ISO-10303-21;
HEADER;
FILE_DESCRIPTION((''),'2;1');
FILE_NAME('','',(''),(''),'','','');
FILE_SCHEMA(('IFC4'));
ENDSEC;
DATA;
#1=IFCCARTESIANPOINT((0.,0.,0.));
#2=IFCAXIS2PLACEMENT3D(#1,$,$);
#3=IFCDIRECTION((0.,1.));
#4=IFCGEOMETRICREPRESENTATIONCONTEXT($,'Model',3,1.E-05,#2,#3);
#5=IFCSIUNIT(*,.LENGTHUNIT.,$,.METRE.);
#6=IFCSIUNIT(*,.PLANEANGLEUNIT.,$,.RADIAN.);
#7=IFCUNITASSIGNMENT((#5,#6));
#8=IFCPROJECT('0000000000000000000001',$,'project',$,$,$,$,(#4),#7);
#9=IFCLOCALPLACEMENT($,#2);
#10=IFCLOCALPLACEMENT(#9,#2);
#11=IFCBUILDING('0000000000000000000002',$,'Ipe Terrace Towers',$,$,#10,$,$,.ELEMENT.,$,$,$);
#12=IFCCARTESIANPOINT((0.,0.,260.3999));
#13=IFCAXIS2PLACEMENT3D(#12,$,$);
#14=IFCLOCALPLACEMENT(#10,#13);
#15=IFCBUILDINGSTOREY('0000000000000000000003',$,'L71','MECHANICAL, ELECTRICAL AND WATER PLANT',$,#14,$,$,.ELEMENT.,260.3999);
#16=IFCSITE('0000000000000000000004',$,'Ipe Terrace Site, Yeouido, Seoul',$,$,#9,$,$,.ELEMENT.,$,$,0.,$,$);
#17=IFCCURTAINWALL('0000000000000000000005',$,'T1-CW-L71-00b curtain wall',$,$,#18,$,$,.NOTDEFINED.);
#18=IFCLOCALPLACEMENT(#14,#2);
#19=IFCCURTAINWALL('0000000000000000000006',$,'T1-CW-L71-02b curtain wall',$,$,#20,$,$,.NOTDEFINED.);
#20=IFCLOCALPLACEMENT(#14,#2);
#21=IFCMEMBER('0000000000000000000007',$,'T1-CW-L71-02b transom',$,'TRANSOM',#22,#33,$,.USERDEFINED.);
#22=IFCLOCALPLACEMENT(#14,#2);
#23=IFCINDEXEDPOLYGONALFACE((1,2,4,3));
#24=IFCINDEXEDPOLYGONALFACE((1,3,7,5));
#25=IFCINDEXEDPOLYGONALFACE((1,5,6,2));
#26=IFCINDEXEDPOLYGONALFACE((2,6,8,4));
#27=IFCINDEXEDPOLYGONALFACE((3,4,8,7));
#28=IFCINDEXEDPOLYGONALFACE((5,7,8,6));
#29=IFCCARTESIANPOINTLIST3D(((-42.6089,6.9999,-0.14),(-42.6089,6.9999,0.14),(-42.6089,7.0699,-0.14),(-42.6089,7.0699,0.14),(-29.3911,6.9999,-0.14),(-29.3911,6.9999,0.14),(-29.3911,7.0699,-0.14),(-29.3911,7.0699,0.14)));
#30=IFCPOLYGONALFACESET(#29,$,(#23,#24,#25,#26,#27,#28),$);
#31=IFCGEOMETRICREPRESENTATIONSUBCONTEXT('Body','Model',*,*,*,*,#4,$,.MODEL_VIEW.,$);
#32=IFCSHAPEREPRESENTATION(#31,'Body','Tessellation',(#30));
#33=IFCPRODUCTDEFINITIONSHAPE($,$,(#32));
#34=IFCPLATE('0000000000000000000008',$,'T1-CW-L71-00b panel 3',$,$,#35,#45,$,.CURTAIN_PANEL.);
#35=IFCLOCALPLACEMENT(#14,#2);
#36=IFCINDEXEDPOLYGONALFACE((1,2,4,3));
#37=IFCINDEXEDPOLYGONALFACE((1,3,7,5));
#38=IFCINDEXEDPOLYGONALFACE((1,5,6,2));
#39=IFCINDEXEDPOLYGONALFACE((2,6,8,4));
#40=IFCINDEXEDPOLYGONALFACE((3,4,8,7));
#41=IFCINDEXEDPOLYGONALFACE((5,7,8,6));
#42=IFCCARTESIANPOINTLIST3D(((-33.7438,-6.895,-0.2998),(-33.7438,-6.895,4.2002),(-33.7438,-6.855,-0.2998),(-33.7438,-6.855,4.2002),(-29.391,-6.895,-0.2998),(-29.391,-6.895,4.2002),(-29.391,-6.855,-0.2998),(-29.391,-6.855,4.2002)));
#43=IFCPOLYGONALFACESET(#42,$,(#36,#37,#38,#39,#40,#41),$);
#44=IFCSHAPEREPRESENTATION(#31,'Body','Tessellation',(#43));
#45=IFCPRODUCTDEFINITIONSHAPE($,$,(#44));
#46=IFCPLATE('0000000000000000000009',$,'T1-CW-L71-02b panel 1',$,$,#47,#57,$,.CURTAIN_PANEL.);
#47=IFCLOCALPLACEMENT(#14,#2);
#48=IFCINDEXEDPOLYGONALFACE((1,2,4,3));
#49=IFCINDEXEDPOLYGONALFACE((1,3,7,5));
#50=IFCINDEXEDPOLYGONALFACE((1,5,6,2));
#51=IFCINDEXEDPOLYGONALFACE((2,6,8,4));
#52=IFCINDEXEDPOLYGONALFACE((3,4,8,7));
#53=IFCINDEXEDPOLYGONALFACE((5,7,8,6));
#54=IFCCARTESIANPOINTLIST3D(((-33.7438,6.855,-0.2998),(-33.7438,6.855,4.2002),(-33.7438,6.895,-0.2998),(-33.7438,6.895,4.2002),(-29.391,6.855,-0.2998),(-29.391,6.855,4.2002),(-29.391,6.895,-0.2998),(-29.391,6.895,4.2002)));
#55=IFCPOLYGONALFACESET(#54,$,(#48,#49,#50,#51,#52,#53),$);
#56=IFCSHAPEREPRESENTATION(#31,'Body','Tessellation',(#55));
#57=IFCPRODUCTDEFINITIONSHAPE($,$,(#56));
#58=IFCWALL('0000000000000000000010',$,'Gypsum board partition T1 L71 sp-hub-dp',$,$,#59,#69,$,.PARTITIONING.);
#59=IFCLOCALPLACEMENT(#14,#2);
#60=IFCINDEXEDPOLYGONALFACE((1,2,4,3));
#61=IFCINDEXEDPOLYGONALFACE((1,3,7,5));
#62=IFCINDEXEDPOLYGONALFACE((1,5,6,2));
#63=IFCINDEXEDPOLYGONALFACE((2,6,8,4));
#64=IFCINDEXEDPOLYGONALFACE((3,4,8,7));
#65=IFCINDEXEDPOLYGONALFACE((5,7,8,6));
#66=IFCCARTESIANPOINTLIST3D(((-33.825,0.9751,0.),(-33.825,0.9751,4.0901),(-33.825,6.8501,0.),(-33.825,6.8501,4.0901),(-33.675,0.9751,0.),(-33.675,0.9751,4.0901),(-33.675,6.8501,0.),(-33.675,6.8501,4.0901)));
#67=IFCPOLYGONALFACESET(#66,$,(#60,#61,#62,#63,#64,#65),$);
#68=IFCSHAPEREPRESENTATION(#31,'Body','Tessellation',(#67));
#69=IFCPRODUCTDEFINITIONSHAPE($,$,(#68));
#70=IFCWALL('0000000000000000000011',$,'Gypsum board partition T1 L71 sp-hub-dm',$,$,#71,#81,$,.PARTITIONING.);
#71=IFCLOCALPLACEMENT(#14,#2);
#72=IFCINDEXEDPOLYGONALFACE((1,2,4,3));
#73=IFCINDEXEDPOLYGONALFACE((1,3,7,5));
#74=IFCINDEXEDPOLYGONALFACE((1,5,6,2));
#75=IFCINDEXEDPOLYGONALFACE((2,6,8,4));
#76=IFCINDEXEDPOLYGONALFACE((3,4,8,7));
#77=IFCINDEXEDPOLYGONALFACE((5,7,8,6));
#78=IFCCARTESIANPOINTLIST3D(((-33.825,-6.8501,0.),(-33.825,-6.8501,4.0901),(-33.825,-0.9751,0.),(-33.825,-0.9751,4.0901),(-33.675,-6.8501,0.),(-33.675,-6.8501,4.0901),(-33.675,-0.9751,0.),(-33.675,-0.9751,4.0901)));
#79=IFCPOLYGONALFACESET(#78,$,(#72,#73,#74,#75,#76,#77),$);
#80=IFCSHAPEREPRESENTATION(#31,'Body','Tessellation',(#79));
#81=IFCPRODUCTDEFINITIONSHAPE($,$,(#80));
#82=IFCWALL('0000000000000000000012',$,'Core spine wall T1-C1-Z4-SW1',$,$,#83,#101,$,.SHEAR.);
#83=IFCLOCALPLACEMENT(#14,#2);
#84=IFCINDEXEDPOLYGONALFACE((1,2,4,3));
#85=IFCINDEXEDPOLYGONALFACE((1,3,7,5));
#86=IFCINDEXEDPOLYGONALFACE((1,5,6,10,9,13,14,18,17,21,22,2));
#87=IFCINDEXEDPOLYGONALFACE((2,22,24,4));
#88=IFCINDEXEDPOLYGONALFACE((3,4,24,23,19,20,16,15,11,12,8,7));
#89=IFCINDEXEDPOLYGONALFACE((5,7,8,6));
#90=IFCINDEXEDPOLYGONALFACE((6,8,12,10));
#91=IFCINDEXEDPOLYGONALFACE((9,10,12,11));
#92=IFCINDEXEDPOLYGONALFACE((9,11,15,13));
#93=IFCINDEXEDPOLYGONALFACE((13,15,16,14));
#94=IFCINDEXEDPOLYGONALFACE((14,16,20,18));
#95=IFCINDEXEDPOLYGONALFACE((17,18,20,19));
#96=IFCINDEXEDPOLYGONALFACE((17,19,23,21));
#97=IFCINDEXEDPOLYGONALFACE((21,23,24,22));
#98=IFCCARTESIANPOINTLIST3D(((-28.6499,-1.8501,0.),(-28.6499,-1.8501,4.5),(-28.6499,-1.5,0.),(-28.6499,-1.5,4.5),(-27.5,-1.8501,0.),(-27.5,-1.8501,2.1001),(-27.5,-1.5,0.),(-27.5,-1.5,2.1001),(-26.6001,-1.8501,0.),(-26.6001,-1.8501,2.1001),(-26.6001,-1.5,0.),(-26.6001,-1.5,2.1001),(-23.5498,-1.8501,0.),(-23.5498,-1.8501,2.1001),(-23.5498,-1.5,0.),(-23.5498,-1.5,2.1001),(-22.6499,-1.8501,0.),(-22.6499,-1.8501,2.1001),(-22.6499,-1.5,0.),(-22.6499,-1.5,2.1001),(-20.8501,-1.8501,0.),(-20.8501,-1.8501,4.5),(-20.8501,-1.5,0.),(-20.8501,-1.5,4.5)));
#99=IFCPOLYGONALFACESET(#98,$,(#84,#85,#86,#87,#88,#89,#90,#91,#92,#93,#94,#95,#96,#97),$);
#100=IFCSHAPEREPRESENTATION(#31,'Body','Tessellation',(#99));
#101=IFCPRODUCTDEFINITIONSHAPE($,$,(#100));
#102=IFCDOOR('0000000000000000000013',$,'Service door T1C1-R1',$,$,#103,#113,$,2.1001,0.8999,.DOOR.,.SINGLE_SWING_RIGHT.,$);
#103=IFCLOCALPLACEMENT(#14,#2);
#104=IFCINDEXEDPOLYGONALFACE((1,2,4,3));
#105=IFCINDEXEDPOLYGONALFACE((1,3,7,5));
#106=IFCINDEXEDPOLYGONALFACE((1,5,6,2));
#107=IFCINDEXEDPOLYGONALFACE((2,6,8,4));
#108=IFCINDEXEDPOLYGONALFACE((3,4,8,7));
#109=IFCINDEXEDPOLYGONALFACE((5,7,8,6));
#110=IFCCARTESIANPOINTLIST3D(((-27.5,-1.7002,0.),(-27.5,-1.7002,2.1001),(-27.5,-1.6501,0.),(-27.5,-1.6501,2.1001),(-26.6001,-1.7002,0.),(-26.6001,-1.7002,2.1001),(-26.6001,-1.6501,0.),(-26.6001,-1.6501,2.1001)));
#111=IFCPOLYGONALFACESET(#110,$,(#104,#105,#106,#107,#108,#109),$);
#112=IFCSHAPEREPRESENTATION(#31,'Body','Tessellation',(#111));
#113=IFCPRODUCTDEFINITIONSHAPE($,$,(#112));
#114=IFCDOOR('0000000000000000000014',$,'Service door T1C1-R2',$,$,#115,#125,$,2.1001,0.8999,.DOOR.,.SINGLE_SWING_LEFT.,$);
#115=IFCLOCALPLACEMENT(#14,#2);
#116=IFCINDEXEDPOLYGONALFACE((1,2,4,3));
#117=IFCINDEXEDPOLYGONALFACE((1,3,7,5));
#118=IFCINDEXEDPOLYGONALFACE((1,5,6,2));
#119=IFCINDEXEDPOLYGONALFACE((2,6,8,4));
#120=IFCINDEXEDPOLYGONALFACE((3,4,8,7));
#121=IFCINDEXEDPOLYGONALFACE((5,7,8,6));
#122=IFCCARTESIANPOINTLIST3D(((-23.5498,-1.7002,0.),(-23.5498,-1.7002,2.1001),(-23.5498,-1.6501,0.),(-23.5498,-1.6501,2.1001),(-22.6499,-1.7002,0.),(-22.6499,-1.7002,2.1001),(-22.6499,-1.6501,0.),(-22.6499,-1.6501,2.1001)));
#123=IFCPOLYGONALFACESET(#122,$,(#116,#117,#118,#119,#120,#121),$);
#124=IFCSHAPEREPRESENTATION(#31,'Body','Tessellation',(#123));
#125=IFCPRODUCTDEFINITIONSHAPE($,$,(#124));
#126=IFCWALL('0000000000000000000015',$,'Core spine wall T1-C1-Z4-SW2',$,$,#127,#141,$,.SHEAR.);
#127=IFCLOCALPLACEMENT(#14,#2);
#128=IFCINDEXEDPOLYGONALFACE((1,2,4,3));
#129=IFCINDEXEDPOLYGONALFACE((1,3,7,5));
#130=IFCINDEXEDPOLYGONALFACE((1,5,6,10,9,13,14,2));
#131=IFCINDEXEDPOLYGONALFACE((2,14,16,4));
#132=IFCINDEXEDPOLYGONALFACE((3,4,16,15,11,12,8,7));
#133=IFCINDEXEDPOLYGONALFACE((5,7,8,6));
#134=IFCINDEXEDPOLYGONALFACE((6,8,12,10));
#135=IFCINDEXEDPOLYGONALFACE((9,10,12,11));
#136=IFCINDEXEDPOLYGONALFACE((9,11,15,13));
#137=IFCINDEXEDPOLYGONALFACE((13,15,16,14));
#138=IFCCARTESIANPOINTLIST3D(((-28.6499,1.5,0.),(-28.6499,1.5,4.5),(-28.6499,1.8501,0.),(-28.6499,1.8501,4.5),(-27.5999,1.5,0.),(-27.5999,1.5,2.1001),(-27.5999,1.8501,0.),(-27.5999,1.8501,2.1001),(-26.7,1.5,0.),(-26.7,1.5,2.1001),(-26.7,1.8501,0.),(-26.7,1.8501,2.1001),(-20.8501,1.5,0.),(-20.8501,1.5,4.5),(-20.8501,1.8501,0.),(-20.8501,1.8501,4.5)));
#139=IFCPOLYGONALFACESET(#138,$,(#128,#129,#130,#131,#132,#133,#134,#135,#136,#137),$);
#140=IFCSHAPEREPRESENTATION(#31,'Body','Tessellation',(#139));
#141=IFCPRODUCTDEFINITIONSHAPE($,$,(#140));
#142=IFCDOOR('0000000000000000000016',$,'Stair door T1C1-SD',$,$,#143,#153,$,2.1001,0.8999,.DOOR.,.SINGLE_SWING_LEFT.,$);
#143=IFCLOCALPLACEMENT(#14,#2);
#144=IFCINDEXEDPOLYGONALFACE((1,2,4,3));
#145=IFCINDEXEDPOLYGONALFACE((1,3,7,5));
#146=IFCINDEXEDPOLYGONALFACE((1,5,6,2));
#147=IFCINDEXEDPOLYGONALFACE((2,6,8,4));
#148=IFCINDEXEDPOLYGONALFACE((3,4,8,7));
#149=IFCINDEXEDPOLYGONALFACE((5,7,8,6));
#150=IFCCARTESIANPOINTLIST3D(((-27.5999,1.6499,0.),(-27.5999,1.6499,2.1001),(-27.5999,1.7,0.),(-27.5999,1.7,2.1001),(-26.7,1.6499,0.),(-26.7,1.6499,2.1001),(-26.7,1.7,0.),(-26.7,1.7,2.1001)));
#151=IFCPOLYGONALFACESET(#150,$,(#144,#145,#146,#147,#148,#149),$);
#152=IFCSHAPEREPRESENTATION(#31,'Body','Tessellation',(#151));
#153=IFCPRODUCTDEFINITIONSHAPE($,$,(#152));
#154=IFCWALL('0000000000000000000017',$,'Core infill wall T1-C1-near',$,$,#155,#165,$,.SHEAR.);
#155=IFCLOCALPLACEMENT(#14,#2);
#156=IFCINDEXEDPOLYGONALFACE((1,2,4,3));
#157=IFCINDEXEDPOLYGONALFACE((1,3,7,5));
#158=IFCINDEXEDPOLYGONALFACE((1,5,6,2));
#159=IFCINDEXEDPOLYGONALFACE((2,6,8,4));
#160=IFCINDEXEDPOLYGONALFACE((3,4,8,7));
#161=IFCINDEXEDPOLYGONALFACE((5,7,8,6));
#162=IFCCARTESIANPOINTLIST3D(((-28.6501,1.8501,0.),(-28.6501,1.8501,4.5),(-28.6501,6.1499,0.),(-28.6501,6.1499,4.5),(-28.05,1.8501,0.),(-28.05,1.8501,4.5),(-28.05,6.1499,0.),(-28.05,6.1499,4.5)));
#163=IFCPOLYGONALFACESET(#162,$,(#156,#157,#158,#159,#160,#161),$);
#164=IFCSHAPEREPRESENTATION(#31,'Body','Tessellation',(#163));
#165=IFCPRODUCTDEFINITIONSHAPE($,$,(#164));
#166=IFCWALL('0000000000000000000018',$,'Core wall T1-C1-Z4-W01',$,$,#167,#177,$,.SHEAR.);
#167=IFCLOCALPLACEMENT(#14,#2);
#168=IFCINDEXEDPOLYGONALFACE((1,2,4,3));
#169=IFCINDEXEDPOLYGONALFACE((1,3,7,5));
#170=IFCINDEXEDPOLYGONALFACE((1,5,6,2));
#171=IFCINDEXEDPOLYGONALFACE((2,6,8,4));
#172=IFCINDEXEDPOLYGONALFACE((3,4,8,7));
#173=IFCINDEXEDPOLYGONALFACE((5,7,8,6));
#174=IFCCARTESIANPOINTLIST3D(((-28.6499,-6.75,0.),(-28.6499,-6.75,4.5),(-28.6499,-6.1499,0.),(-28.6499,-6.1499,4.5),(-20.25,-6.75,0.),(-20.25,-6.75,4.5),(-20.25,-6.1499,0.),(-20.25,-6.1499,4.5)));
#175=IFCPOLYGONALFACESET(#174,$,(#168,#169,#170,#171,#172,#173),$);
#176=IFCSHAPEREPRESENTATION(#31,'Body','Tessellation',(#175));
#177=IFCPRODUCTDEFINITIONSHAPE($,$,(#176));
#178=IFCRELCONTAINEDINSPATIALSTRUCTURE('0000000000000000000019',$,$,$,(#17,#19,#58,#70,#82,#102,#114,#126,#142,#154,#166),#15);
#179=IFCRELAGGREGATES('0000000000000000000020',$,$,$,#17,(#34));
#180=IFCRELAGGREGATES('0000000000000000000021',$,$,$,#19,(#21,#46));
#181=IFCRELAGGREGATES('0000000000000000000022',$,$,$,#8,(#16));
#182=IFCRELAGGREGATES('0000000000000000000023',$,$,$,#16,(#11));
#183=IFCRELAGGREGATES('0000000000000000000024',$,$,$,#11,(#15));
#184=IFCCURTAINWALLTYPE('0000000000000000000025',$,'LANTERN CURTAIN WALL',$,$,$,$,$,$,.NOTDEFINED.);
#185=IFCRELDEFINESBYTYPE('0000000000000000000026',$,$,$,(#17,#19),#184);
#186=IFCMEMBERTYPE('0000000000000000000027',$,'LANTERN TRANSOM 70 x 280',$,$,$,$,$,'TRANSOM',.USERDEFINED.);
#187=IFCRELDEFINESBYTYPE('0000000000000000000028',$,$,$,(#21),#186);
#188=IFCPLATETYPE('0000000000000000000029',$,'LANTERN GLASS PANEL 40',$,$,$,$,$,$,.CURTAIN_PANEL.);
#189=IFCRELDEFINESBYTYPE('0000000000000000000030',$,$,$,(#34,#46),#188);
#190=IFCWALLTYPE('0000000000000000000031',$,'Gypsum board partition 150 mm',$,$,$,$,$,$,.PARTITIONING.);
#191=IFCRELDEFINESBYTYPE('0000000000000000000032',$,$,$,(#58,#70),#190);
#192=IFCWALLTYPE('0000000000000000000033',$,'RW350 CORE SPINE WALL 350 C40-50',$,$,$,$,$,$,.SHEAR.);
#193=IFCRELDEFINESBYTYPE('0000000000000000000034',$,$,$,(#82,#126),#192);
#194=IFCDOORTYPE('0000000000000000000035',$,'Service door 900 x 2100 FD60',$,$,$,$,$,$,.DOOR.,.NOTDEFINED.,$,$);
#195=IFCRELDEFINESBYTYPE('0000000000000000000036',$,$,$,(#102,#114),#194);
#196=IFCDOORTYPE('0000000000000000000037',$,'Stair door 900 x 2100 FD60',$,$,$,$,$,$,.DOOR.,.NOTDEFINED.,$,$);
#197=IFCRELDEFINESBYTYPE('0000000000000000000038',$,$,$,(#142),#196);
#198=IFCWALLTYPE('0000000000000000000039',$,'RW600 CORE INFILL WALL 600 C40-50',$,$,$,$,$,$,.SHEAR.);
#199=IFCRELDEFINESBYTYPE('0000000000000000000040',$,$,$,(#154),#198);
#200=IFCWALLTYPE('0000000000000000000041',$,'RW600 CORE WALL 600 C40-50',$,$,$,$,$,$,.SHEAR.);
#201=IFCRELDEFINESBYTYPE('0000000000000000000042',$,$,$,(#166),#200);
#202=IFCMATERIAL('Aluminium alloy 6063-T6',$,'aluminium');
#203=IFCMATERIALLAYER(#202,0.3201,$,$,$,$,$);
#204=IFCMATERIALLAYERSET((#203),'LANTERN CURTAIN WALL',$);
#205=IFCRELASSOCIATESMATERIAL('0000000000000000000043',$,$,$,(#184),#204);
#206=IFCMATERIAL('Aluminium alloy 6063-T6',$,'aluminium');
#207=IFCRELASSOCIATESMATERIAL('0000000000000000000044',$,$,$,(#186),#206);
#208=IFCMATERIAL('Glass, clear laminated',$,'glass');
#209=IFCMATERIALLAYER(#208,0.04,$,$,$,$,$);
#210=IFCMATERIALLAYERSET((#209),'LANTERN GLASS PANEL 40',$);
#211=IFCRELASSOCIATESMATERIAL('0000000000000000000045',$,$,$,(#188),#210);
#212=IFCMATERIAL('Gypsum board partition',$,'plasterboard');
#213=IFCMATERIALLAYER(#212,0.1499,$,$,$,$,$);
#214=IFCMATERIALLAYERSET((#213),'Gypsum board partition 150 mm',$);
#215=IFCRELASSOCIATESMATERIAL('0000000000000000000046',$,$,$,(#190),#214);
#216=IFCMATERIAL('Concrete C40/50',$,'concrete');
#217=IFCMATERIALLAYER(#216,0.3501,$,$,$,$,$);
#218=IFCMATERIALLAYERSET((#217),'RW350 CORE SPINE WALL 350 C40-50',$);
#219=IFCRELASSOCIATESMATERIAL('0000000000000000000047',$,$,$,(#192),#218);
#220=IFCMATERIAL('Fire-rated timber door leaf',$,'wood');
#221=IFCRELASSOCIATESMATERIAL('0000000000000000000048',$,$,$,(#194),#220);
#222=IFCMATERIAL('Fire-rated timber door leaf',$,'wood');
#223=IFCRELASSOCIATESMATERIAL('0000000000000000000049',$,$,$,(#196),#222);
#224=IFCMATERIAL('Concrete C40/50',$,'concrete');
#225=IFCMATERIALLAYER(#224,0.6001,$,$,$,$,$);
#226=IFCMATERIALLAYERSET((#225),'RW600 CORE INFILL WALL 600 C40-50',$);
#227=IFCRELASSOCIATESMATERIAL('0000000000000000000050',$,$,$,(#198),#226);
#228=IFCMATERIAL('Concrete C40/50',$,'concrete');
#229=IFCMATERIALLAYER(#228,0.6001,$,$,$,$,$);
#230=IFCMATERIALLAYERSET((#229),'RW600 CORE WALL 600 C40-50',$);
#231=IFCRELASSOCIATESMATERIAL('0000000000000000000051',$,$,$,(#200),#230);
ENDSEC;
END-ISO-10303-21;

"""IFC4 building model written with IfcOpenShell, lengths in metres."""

from ifc_helpers import new_model, si_unit, direction, frame, frame_2d, origin, origin_2d, place, context, subcontext, project, spatial, rectangle, extrude, material, layer, layer_set, material_profile, profile_set, type_object, element, fill, aggregate, save


model = new_model("IFC4")

# Units and contexts
model_context = context("Model", 3, precision=1e-05, world=origin(), true_north=direction((0.0, 1.0)))
body_context = subcontext(model_context, "Body", "Model", "MODEL_VIEW")
ifc_project = project(units=[si_unit("LENGTHUNIT", "METRE"), si_unit("PLANEANGLEUNIT", "RADIAN")], contexts=[model_context])

# Site, building, storey
site_placement = place(None, origin())
site = spatial("IfcSite", under=ifc_project, at=site_placement, Name="Ipe Terrace Site, Yeouido, Seoul", CompositionType="ELEMENT", RefElevation=0.0)
building_placement = place(site_placement, origin())
building = spatial("IfcBuilding", under=site, at=building_placement, Name="Ipe Terrace Towers", CompositionType="ELEMENT")
storey_placement = place(building_placement, frame((0.0, 0.0, 260.3999)))
storey = spatial("IfcBuildingStorey", under=building, at=storey_placement, Name="L71", Description="MECHANICAL, ELECTRICAL AND WATER PLANT", CompositionType="ELEMENT", Elevation=260.3999)

# Curtain wall
ifc_material_1 = material(Name="Aluminium alloy 6063-T6", Category="aluminium")
ifc_layer_1 = layer(ifc_material_1, 0.3201)
ifc_layer_set_1 = layer_set([ifc_layer_1], Name="LANTERN CURTAIN WALL")
curtain_wall_type = type_object("IfcCurtainWallType", Name="LANTERN CURTAIN WALL", PredefinedType="NOTDEFINED", material=ifc_layer_set_1)
curtain_wall_1_placement = place(storey_placement, origin())
curtain_wall_1 = element("IfcCurtainWall", 1, at=curtain_wall_1_placement, inside=storey, type_object=curtain_wall_type, Name="T1-CW-L71-00b curtain wall", PredefinedType="NOTDEFINED")

# Curtain wall, member
curtain_wall_2_placement = place(storey_placement, origin())
curtain_wall_2 = element("IfcCurtainWall", 2, at=curtain_wall_2_placement, inside=storey, type_object=curtain_wall_type, Name="T1-CW-L71-02b curtain wall", PredefinedType="NOTDEFINED")
ifc_material_2 = material(Name="Aluminium alloy 6063-T6", Category="aluminium")
ifc_material_profile_1 = material_profile(ifc_material_2, rectangle(XDim=0.0701, YDim=0.28, at=origin_2d()), Name="LANTERN TRANSOM 70 x 280")
ifc_profile_set_1 = profile_set([ifc_material_profile_1], Name="Aluminium alloy 6063-T6")
member_type_1 = type_object("IfcMemberType", Name="LANTERN TRANSOM 70 x 280", ElementType="TRANSOM", PredefinedType="USERDEFINED", material=ifc_profile_set_1)
member_1_placement = place(storey_placement, frame((-29.3911, 7.0349, 0.0), z_axis=(-1.0, 0.0, 0.0), x_axis=(0.0, 1.0, 0.0)))
member_1 = element("IfcMember", 3, at=member_1_placement, type_object=member_type_1, Name="T1-CW-L71-02b transom", ObjectType="TRANSOM", PredefinedType="USERDEFINED", context=body_context, shape_type="SweptSolid", body=[
    extrude(rectangle(XDim=0.0701, YDim=0.28, at=origin_2d()), origin(), (0.0, 0.0, 1.0), 13.2178),
])

# Plates
ifc_material_3 = material(Name="Glass, clear laminated", Category="glass")
ifc_layer_2 = layer(ifc_material_3, 0.04)
ifc_layer_set_2 = layer_set([ifc_layer_2], Name="LANTERN GLASS PANEL 40")
plate_type = type_object("IfcPlateType", Name="LANTERN GLASS PANEL 40", PredefinedType="CURTAIN_PANEL", material=ifc_layer_set_2)
plate_1_placement = place(storey_placement, frame((-31.5674, -6.875, -0.2998), z_axis=(0.0, 0.0, 1.0), x_axis=(1.0, 0.0, 0.0)))
plate_1 = element("IfcPlate", 4, at=plate_1_placement, type_object=plate_type, Name="T1-CW-L71-00b panel 3", PredefinedType="CURTAIN_PANEL", context=body_context, shape_type="SweptSolid", body=[
    extrude(rectangle(XDim=4.3528, YDim=0.04, at=origin_2d()), origin(), (0.0, 0.0, 1.0), 4.5),
])
aggregate(curtain_wall_1, [plate_1])
plate_2_placement = place(storey_placement, frame((-31.5674, 6.875, -0.2998), z_axis=(0.0, 0.0, 1.0), x_axis=(-1.0, 0.0, 0.0)))
plate_2 = element("IfcPlate", 5, at=plate_2_placement, type_object=plate_type, Name="T1-CW-L71-02b panel 1", PredefinedType="CURTAIN_PANEL", context=body_context, shape_type="SweptSolid", body=[
    extrude(rectangle(XDim=4.3528, YDim=0.04, at=origin_2d()), origin(), (0.0, 0.0, 1.0), 4.5),
])
aggregate(curtain_wall_2, [member_1, plate_2])

# Walls
ifc_material_4 = material(Name="Gypsum board partition", Category="plasterboard")
ifc_layer_3 = layer(ifc_material_4, 0.1499)
ifc_layer_set_3 = layer_set([ifc_layer_3], Name="Gypsum board partition 150 mm")
wall_type_1 = type_object("IfcWallType", Name="Gypsum board partition 150 mm", PredefinedType="PARTITIONING", material=ifc_layer_set_3)
for number, where, z_axis, x_axis, name in (
    (6, (-33.75, 0.9751, 0.0), (0.0, 0.0, 1.0), (0.0, 1.0, 0.0), "Gypsum board partition T1 L71 sp-hub-dp"),
    (7, (-33.75, -0.9751, 0.0), (0.0, 0.0, 1.0), (0.0, -1.0, 0.0), "Gypsum board partition T1 L71 sp-hub-dm"),
):
    element("IfcWall", number, at=place(storey_placement, frame(where, z_axis=z_axis, x_axis=x_axis)), inside=storey, type_object=wall_type_1, Name=name, PredefinedType="PARTITIONING", context=body_context, shape_type="SweptSolid", body=[
        extrude(rectangle(XDim=5.875, YDim=0.1499, at=frame_2d((2.9375, 0.0))), origin(), (0.0, 0.0, 1.0), 4.0901),
    ])

# Wall, openings, doors
ifc_material_5 = material(Name="Concrete C40/50", Category="concrete")
ifc_layer_4 = layer(ifc_material_5, 0.3501)
ifc_layer_set_4 = layer_set([ifc_layer_4], Name="RW350 CORE SPINE WALL 350 C40-50")
wall_type_2 = type_object("IfcWallType", Name="RW350 CORE SPINE WALL 350 C40-50", PredefinedType="SHEAR", material=ifc_layer_set_4)
wall_1_placement = place(storey_placement, frame((-28.6499, -1.675, 0.0), z_axis=(0.0, 0.0, 1.0), x_axis=(1.0, 0.0, 0.0)))
wall_1 = element("IfcWall", 8, at=wall_1_placement, inside=storey, type_object=wall_type_2, Name="Core spine wall T1-C1-Z4-SW1", PredefinedType="SHEAR", context=body_context, shape_type="SweptSolid", body=[
    extrude(rectangle(XDim=7.7998, YDim=0.3501, at=frame_2d((3.8999, 0.0))), origin(), (0.0, 0.0, 1.0), 4.5),
])
opening_1_placement = place(wall_1_placement, frame((1.1499, 0.0, 0.0)))
opening_1 = element("IfcOpeningElement", 9, at=opening_1_placement, cuts=wall_1, PredefinedType="OPENING", context=body_context, shape_type="SweptSolid", body=[
    extrude(rectangle(XDim=0.8999, YDim=2.1001, at=frame_2d((0.45, 1.05))), frame((0.0, 0.1851, 0.0), z_axis=(0.0, -1.0, 0.0), x_axis=(1.0, 0.0, 0.0)), (0.0, 0.0, 1.0), 0.3701),
])
opening_2_placement = place(wall_1_placement, frame((5.1001, 0.0, 0.0)))
opening_2 = element("IfcOpeningElement", 10, at=opening_2_placement, cuts=wall_1, PredefinedType="OPENING", context=body_context, shape_type="SweptSolid", body=[
    extrude(rectangle(XDim=0.8999, YDim=2.1001, at=frame_2d((0.45, 1.05))), frame((0.0, 0.1851, 0.0), z_axis=(0.0, -1.0, 0.0), x_axis=(1.0, 0.0, 0.0)), (0.0, 0.0, 1.0), 0.3701),
])
ifc_material_6 = material(Name="Fire-rated timber door leaf", Category="wood")
door_type_1 = type_object("IfcDoorType", Name="Service door 900 x 2100 FD60", OperationType="NOTDEFINED", PredefinedType="DOOR", material=ifc_material_6)
door_1_placement = place(opening_1_placement, origin())
door_1 = element("IfcDoor", 11, at=door_1_placement, inside=storey, type_object=door_type_1, Name="Service door T1C1-R1", OperationType="SINGLE_SWING_RIGHT", OverallHeight=2.1001, OverallWidth=0.8999, PredefinedType="DOOR", context=body_context, shape_type="SweptSolid", body=[
    extrude(rectangle(XDim=0.8999, YDim=2.1001, at=frame_2d((0.45, 1.05))), frame((0.0, 0.0249, 0.0), z_axis=(0.0, -1.0, 0.0), x_axis=(1.0, 0.0, 0.0)), (0.0, 0.0, 1.0), 0.05),
])
fill(opening_1, door_1)
door_2_placement = place(opening_2_placement, origin())
door_2 = element("IfcDoor", 12, at=door_2_placement, inside=storey, type_object=door_type_1, Name="Service door T1C1-R2", OperationType="SINGLE_SWING_LEFT", OverallHeight=2.1001, OverallWidth=0.8999, PredefinedType="DOOR", context=body_context, shape_type="SweptSolid", body=[
    extrude(rectangle(XDim=0.8999, YDim=2.1001, at=frame_2d((0.45, 1.05))), frame((0.0, 0.0249, 0.0), z_axis=(0.0, -1.0, 0.0), x_axis=(1.0, 0.0, 0.0)), (0.0, 0.0, 1.0), 0.05),
])
fill(opening_2, door_2)

# Wall, opening, door
wall_2_placement = place(storey_placement, frame((-28.6499, 1.675, 0.0), z_axis=(0.0, 0.0, 1.0), x_axis=(1.0, 0.0, 0.0)))
wall_2 = element("IfcWall", 13, at=wall_2_placement, inside=storey, type_object=wall_type_2, Name="Core spine wall T1-C1-Z4-SW2", PredefinedType="SHEAR", context=body_context, shape_type="SweptSolid", body=[
    extrude(rectangle(XDim=7.7998, YDim=0.3501, at=frame_2d((3.8999, 0.0))), origin(), (0.0, 0.0, 1.0), 4.5),
])
opening_3_placement = place(wall_2_placement, frame((1.05, 0.0, 0.0)))
opening_3 = element("IfcOpeningElement", 14, at=opening_3_placement, cuts=wall_2, PredefinedType="OPENING", context=body_context, shape_type="SweptSolid", body=[
    extrude(rectangle(XDim=0.8999, YDim=2.1001, at=frame_2d((0.45, 1.05))), frame((0.0, 0.1851, 0.0), z_axis=(0.0, -1.0, 0.0), x_axis=(1.0, 0.0, 0.0)), (0.0, 0.0, 1.0), 0.3701),
])
ifc_material_7 = material(Name="Fire-rated timber door leaf", Category="wood")
door_type_2 = type_object("IfcDoorType", Name="Stair door 900 x 2100 FD60", OperationType="NOTDEFINED", PredefinedType="DOOR", material=ifc_material_7)
door_3_placement = place(opening_3_placement, origin())
door_3 = element("IfcDoor", 15, at=door_3_placement, inside=storey, type_object=door_type_2, Name="Stair door T1C1-SD", OperationType="SINGLE_SWING_LEFT", OverallHeight=2.1001, OverallWidth=0.8999, PredefinedType="DOOR", context=body_context, shape_type="SweptSolid", body=[
    extrude(rectangle(XDim=0.8999, YDim=2.1001, at=frame_2d((0.45, 1.05))), frame((0.0, 0.0249, 0.0), z_axis=(0.0, -1.0, 0.0), x_axis=(1.0, 0.0, 0.0)), (0.0, 0.0, 1.0), 0.05),
])
fill(opening_3, door_3)

# Walls
ifc_material_8 = material(Name="Concrete C40/50", Category="concrete")
ifc_layer_5 = layer(ifc_material_8, 0.6001)
ifc_layer_set_5 = layer_set([ifc_layer_5], Name="RW600 CORE INFILL WALL 600 C40-50")
wall_type_3 = type_object("IfcWallType", Name="RW600 CORE INFILL WALL 600 C40-50", PredefinedType="SHEAR", material=ifc_layer_set_5)
wall_3_placement = place(storey_placement, frame((-28.3501, 1.8501, 0.0), z_axis=(0.0, 0.0, 1.0), x_axis=(0.0, 1.0, 0.0)))
element("IfcWall", 16, at=wall_3_placement, inside=storey, type_object=wall_type_3, Name="Core infill wall T1-C1-near", PredefinedType="SHEAR", context=body_context, shape_type="SweptSolid", body=[
    extrude(rectangle(XDim=4.2998, YDim=0.6001, at=frame_2d((2.1499, 0.0))), origin(), (0.0, 0.0, 1.0), 4.5),
])
ifc_material_9 = material(Name="Concrete C40/50", Category="concrete")
ifc_layer_6 = layer(ifc_material_9, 0.6001)
ifc_layer_set_6 = layer_set([ifc_layer_6], Name="RW600 CORE WALL 600 C40-50")
wall_type_4 = type_object("IfcWallType", Name="RW600 CORE WALL 600 C40-50", PredefinedType="SHEAR", material=ifc_layer_set_6)
wall_4_placement = place(storey_placement, frame((-28.6499, -6.45, 0.0), z_axis=(0.0, 0.0, 1.0), x_axis=(1.0, 0.0, 0.0)))
element("IfcWall", 17, at=wall_4_placement, inside=storey, type_object=wall_type_4, Name="Core wall T1-C1-Z4-W01", PredefinedType="SHEAR", context=body_context, shape_type="SweptSolid", body=[
    extrude(rectangle(XDim=8.3999, YDim=0.6001, at=frame_2d((4.2, 0.0))), origin(), (0.0, 0.0, 1.0), 4.5),
])

save(model, "model.ifc")
